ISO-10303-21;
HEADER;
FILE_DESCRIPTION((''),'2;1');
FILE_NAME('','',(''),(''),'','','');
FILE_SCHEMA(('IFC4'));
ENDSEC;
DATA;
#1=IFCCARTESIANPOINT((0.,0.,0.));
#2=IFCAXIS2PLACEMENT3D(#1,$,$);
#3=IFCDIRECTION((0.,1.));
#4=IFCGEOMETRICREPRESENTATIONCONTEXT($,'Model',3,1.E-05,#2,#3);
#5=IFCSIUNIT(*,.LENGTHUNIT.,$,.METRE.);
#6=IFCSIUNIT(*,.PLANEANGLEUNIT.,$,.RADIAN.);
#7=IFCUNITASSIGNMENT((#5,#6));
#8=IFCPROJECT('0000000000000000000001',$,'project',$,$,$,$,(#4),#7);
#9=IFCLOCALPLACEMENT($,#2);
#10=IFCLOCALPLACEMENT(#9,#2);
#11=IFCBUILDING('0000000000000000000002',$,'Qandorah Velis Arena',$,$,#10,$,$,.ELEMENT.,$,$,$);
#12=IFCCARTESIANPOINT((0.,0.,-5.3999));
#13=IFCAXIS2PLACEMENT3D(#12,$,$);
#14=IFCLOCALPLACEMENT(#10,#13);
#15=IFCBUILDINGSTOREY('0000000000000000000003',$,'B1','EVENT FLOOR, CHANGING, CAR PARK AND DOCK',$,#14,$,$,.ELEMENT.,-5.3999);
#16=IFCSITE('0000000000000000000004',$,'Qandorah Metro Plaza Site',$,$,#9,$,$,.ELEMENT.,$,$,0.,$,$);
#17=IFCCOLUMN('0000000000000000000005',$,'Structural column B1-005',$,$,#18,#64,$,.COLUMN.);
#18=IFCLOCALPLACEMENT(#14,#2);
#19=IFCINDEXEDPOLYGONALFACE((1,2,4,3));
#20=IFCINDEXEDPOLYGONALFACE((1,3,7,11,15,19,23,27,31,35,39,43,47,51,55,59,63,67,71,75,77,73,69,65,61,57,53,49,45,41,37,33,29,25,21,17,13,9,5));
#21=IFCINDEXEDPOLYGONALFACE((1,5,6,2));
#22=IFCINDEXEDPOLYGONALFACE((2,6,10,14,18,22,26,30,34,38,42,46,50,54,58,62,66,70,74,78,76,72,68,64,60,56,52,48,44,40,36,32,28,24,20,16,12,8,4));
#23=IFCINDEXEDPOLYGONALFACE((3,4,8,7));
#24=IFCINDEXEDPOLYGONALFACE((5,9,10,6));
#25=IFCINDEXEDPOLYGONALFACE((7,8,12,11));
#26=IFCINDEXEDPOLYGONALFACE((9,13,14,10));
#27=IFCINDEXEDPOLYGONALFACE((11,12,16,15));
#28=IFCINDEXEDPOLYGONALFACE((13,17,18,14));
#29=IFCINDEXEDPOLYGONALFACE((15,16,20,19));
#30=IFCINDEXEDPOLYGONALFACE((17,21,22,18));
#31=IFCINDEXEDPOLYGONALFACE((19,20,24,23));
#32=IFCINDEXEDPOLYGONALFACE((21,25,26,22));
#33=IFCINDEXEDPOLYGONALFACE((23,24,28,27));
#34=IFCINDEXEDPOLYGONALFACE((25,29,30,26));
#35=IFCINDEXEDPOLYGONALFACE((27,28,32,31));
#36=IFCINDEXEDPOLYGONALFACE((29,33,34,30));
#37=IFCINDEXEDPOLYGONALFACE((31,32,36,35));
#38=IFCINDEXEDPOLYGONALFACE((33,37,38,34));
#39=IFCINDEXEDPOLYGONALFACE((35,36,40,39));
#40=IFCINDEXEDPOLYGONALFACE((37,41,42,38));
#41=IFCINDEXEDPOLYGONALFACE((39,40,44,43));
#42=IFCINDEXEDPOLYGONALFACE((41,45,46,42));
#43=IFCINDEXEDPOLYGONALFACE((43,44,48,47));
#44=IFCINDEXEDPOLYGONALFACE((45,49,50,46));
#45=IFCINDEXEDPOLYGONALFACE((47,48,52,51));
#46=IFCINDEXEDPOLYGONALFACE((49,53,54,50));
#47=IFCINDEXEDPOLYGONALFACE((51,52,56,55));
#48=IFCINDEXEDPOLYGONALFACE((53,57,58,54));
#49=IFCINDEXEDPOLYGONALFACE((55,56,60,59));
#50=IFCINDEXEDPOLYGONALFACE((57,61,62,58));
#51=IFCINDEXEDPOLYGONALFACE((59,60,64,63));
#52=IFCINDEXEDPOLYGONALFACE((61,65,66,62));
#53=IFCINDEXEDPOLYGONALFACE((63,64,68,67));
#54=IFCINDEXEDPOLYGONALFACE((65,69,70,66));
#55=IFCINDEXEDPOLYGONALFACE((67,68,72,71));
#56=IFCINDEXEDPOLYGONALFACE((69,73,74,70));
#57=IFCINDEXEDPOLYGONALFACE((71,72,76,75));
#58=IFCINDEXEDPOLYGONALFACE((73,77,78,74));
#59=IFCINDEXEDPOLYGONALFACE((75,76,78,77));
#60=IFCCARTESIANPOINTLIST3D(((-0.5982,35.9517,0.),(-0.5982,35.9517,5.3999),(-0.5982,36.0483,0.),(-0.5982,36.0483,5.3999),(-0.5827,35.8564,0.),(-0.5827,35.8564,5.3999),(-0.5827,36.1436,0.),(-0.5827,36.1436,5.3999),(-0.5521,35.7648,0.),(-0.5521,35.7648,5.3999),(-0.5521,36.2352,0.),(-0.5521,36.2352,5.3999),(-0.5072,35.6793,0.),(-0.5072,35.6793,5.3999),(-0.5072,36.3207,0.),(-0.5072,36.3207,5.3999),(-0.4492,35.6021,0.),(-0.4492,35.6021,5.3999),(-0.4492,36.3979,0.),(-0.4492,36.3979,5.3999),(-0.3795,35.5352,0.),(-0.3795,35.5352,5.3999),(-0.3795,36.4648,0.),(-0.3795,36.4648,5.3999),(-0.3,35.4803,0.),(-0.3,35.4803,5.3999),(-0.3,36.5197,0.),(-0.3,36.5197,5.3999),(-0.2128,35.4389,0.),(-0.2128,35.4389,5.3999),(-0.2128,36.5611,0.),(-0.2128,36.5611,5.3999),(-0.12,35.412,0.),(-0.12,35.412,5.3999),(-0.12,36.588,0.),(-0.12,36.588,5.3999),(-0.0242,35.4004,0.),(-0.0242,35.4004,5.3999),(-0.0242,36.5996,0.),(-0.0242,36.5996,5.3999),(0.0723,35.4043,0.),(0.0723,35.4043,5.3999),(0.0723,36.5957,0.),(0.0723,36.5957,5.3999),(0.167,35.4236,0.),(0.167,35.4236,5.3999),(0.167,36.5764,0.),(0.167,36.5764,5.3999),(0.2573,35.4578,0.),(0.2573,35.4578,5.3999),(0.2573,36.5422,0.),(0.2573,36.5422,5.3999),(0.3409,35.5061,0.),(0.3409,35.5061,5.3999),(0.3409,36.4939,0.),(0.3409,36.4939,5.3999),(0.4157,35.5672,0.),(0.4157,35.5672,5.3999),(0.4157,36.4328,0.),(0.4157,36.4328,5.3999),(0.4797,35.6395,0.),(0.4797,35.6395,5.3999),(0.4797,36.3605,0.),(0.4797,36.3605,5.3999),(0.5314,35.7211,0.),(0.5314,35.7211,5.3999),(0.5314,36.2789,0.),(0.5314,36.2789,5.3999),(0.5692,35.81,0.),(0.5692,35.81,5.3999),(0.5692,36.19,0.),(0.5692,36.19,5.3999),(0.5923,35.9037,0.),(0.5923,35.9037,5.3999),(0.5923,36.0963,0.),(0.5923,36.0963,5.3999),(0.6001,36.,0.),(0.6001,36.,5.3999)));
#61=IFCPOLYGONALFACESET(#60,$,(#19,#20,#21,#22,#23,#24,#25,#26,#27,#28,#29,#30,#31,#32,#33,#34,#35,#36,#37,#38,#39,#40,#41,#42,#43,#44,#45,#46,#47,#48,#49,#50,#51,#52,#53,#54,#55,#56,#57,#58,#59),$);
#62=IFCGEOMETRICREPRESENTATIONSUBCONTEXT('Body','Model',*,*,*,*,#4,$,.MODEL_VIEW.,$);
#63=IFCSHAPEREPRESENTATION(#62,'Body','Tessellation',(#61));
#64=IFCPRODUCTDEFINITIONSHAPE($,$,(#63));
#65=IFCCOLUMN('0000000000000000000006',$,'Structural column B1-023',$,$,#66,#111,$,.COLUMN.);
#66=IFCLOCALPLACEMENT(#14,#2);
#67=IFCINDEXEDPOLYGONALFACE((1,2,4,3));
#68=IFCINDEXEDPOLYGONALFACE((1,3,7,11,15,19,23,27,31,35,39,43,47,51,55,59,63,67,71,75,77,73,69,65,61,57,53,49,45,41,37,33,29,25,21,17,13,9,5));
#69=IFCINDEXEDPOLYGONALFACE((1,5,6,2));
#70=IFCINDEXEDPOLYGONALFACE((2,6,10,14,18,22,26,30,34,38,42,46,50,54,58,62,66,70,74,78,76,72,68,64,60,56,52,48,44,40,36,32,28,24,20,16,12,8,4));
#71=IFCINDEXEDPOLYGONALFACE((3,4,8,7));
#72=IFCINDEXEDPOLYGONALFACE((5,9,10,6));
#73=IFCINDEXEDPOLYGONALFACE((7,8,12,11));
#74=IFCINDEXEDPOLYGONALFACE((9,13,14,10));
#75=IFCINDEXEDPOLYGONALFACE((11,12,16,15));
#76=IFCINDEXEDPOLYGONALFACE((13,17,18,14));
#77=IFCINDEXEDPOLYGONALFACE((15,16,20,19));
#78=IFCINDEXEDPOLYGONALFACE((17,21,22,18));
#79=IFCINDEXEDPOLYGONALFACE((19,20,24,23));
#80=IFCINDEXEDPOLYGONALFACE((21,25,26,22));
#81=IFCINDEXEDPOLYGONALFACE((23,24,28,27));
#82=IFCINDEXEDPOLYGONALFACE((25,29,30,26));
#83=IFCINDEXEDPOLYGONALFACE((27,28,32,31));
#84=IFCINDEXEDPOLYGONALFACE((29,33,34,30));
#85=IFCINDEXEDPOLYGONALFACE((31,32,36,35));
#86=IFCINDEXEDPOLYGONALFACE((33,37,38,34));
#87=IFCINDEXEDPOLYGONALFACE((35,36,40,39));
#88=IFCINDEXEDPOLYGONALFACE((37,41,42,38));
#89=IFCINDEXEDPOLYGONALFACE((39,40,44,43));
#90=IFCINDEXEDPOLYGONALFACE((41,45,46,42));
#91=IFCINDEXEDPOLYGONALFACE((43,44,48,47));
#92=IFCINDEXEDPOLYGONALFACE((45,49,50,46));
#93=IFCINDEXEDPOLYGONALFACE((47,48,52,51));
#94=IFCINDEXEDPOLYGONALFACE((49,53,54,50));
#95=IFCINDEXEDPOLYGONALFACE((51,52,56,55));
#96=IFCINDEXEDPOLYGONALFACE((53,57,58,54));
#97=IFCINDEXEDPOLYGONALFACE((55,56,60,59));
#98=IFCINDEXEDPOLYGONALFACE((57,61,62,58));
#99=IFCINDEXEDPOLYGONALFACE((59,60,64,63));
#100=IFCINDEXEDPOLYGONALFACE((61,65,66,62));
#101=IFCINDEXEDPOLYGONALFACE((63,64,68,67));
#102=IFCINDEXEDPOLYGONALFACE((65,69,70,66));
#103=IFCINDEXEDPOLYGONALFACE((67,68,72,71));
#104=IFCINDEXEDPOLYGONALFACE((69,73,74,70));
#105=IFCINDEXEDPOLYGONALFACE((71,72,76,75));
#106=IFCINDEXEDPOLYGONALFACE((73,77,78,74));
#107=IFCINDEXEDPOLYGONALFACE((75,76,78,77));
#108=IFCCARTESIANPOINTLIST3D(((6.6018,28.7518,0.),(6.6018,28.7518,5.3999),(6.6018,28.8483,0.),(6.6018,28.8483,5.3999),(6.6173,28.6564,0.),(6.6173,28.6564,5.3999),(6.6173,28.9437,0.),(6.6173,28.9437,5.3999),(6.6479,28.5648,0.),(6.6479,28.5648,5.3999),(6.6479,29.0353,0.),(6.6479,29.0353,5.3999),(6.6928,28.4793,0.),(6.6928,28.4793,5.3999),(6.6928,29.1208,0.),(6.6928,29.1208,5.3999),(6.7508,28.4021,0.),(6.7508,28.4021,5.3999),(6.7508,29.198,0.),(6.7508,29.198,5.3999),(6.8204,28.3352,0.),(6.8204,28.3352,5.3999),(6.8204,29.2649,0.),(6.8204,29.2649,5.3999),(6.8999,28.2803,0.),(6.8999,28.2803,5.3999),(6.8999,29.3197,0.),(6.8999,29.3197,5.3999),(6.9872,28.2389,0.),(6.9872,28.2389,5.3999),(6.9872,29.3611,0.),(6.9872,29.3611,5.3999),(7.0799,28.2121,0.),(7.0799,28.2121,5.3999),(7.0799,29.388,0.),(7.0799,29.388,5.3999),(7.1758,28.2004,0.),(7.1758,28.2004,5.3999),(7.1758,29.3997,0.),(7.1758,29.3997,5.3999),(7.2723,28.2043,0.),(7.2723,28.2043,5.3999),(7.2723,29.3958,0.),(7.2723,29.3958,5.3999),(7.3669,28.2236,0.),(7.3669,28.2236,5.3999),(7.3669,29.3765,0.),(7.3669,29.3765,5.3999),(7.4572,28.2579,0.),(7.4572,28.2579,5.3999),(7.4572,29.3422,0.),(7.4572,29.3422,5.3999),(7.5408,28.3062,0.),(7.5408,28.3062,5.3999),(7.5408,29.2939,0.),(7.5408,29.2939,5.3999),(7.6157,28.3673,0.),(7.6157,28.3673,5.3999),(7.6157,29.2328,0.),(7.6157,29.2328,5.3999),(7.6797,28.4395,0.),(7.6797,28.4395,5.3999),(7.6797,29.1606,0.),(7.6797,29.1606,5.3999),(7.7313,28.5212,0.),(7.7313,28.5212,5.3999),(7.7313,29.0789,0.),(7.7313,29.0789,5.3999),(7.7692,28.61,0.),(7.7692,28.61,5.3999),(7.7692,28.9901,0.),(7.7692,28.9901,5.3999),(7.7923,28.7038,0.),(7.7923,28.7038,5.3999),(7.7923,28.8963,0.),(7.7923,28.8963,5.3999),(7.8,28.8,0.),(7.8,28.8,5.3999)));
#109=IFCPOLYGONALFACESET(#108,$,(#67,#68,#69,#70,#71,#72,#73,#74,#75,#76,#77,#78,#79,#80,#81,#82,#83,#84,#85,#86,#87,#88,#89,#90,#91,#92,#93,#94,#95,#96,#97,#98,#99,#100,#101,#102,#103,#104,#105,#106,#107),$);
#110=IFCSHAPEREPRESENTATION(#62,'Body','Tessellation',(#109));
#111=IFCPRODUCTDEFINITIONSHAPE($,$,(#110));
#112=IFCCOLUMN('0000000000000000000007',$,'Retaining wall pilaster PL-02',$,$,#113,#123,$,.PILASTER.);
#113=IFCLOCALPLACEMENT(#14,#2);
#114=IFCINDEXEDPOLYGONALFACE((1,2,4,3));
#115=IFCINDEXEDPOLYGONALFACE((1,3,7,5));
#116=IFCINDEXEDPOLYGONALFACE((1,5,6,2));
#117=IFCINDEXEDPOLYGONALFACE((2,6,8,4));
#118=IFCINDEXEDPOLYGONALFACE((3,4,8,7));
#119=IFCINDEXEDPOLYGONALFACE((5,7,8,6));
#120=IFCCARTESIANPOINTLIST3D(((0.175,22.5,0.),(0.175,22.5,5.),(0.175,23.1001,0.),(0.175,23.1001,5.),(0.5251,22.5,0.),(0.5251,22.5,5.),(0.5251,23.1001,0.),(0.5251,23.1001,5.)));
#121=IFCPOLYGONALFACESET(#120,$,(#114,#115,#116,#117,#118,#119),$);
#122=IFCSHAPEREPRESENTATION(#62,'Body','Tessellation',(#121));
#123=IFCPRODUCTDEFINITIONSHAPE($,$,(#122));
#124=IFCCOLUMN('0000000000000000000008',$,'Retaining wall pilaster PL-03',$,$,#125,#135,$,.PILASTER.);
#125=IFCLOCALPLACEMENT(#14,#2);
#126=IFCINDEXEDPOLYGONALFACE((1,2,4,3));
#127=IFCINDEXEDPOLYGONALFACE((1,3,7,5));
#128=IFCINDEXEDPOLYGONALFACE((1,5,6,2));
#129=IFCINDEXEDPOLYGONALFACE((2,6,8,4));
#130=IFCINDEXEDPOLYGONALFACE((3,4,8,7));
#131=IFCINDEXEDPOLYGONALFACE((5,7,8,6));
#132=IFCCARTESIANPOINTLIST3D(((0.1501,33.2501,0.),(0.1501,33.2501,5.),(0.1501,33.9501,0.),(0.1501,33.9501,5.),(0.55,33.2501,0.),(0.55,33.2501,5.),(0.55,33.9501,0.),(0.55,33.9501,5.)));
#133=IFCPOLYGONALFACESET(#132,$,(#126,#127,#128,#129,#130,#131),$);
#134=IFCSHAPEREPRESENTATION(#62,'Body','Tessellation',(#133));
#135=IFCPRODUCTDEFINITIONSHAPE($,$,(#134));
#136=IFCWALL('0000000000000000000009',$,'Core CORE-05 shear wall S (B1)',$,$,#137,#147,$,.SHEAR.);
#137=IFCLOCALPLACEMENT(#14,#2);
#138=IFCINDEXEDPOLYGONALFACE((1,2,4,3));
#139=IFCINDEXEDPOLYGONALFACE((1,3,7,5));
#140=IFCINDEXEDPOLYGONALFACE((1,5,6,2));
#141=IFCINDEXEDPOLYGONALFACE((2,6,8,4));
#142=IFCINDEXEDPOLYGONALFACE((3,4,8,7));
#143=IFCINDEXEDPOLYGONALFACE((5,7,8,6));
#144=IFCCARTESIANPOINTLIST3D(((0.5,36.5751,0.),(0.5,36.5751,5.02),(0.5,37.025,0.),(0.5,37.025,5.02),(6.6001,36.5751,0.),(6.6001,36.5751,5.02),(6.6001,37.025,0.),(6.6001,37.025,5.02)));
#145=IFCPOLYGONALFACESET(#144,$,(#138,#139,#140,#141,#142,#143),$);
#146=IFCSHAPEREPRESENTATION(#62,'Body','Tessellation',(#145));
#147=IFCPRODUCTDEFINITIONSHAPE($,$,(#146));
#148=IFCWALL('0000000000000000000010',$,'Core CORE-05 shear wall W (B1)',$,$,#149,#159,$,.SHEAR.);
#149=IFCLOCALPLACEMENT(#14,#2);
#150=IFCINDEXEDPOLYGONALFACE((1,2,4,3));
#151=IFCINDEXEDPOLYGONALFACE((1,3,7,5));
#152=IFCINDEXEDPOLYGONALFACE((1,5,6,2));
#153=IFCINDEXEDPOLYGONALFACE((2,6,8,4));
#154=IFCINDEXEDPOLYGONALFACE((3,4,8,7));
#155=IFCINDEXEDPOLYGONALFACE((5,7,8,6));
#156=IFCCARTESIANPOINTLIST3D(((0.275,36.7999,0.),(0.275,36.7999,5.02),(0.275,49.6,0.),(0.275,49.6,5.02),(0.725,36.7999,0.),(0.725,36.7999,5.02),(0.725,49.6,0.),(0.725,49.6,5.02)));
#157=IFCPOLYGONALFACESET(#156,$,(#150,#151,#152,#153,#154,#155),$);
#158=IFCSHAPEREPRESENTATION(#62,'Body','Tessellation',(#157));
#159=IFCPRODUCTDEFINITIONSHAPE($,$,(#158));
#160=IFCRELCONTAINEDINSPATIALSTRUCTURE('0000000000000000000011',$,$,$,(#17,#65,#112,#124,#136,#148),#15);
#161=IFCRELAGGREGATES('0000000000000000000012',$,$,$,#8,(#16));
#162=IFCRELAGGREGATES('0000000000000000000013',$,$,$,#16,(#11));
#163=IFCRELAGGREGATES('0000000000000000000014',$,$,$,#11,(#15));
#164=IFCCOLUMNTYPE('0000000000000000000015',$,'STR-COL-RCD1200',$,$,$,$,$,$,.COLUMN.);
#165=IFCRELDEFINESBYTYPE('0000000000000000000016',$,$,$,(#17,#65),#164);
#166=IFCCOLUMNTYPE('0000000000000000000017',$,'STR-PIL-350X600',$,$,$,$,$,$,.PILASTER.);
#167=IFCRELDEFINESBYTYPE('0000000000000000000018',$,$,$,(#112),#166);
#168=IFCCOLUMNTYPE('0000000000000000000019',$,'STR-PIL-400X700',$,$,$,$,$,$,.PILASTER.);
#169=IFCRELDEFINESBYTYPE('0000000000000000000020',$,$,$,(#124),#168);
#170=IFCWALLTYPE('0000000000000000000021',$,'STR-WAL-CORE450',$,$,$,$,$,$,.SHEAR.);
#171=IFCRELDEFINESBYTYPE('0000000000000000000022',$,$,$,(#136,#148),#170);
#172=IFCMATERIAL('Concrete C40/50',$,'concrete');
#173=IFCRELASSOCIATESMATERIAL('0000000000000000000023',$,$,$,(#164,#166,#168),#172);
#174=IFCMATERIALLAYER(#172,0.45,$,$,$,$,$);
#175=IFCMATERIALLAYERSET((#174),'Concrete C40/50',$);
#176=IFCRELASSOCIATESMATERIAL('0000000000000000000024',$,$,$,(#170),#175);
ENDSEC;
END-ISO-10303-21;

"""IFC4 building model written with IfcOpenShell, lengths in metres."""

from ifc_helpers import new_model, si_unit, direction, frame, frame_2d, origin, origin_2d, place, context, subcontext, project, spatial, rectangle, circle, extrude, material, layer, layer_set, material_profile, profile_set, type_object, element, save


model = new_model("IFC4")

# Units and contexts
model_context = context("Model", 3, precision=1e-05, world=origin(), true_north=direction((0.0, 1.0)))
body_context = subcontext(model_context, "Body", "Model", "MODEL_VIEW")
ifc_project = project(units=[si_unit("LENGTHUNIT", "METRE"), si_unit("PLANEANGLEUNIT", "RADIAN")], contexts=[model_context])

# Site, building, storey
site_placement = place(None, origin())
site = spatial("IfcSite", under=ifc_project, at=site_placement, Name="Qandorah Metro Plaza Site", CompositionType="ELEMENT", RefElevation=0.0)
building_placement = place(site_placement, origin())
building = spatial("IfcBuilding", under=site, at=building_placement, Name="Qandorah Velis Arena", CompositionType="ELEMENT")
storey_placement = place(building_placement, frame((0.0, 0.0, -5.3999)))
storey = spatial("IfcBuildingStorey", under=building, at=storey_placement, Name="B1", Description="EVENT FLOOR, CHANGING, CAR PARK AND DOCK", CompositionType="ELEMENT", Elevation=-5.3999)

# Shared definitions
ifc_material_1 = material(Name="Concrete C40/50", Category="concrete")

# Columns
ifc_material_profile_1 = material_profile(ifc_material_1, circle(Radius=0.6001, at=origin_2d()), Name="RC D1200")
ifc_profile_set_1 = profile_set([ifc_material_profile_1], Name="Concrete C40/50")
column_type_1 = type_object("IfcColumnType", Name="STR-COL-RCD1200", PredefinedType="COLUMN", material=ifc_profile_set_1)
for number, where, z_axis, x_axis, name in (
    (1, (0.0, 36.0, 0.0), (0.0, 0.0, 1.0), (1.0, 0.0, 0.0), "Structural column B1-005"),
    (2, (7.2, 28.8, 0.0), (0.0, 0.0, 1.0), (1.0, 0.0, 0.0), "Structural column B1-023"),
):
    element("IfcColumn", number, at=place(storey_placement, frame(where, z_axis=z_axis, x_axis=x_axis)), inside=storey, type_object=column_type_1, Name=name, PredefinedType="COLUMN", context=body_context, shape_type="SweptSolid", body=[
        extrude(circle(Radius=0.6001, at=origin_2d()), origin(), (0.0, 0.0, 1.0), 5.3999),
    ])
ifc_material_profile_2 = material_profile(ifc_material_1, rectangle(XDim=0.3501, YDim=0.6001, at=origin_2d()), Name="RC PIL 350x600")
ifc_profile_set_2 = profile_set([ifc_material_profile_2], Name="Concrete C40/50")
column_type_2 = type_object("IfcColumnType", Name="STR-PIL-350X600", PredefinedType="PILASTER", material=ifc_profile_set_2)
column_1_placement = place(storey_placement, frame((0.3501, 22.8, 0.0), z_axis=(0.0, 0.0, 1.0), x_axis=(1.0, 0.0, 0.0)))
element("IfcColumn", 3, at=column_1_placement, inside=storey, type_object=column_type_2, Name="Retaining wall pilaster PL-02", PredefinedType="PILASTER", context=body_context, shape_type="SweptSolid", body=[
    extrude(rectangle(XDim=0.3501, YDim=0.6001, at=origin_2d()), origin(), (0.0, 0.0, 1.0), 5.0),
])
ifc_material_profile_3 = material_profile(ifc_material_1, rectangle(XDim=0.3999, YDim=0.7, at=origin_2d()), Name="RC PIL 400x700")
ifc_profile_set_3 = profile_set([ifc_material_profile_3], Name="Concrete C40/50")
column_type_3 = type_object("IfcColumnType", Name="STR-PIL-400X700", PredefinedType="PILASTER", material=ifc_profile_set_3)
column_2_placement = place(storey_placement, frame((0.3501, 33.6001, 0.0), z_axis=(0.0, 0.0, 1.0), x_axis=(1.0, 0.0, 0.0)))
element("IfcColumn", 4, at=column_2_placement, inside=storey, type_object=column_type_3, Name="Retaining wall pilaster PL-03", PredefinedType="PILASTER", context=body_context, shape_type="SweptSolid", body=[
    extrude(rectangle(XDim=0.3999, YDim=0.7, at=origin_2d()), origin(), (0.0, 0.0, 1.0), 5.0),
])

# Walls
ifc_layer = layer(ifc_material_1, 0.45)
ifc_layer_set = layer_set([ifc_layer], Name="Concrete C40/50")
wall_type = type_object("IfcWallType", Name="STR-WAL-CORE450", PredefinedType="SHEAR", material=ifc_layer_set)
wall_1_placement = place(storey_placement, frame((0.5, 36.8, 0.0), z_axis=(0.0, 0.0, 1.0), x_axis=(1.0, 0.0, 0.0)))
element("IfcWall", 5, at=wall_1_placement, inside=storey, type_object=wall_type, Name="Core CORE-05 shear wall S (B1)", PredefinedType="SHEAR", context=body_context, shape_type="SweptSolid", body=[
    extrude(rectangle(XDim=6.1001, YDim=0.45, at=frame_2d((3.05, 0.0))), origin(), (0.0, 0.0, 1.0), 5.02),
])
wall_2_placement = place(storey_placement, frame((0.5, 36.8, 0.0), z_axis=(0.0, 0.0, 1.0), x_axis=(0.0, 1.0, 0.0)))
element("IfcWall", 6, at=wall_2_placement, inside=storey, type_object=wall_type, Name="Core CORE-05 shear wall W (B1)", PredefinedType="SHEAR", context=body_context, shape_type="SweptSolid", body=[
    extrude(rectangle(XDim=12.8, YDim=0.45, at=frame_2d((6.3999, 0.0))), origin(), (0.0, 0.0, 1.0), 5.02),
])

save(model, "model.ifc")
